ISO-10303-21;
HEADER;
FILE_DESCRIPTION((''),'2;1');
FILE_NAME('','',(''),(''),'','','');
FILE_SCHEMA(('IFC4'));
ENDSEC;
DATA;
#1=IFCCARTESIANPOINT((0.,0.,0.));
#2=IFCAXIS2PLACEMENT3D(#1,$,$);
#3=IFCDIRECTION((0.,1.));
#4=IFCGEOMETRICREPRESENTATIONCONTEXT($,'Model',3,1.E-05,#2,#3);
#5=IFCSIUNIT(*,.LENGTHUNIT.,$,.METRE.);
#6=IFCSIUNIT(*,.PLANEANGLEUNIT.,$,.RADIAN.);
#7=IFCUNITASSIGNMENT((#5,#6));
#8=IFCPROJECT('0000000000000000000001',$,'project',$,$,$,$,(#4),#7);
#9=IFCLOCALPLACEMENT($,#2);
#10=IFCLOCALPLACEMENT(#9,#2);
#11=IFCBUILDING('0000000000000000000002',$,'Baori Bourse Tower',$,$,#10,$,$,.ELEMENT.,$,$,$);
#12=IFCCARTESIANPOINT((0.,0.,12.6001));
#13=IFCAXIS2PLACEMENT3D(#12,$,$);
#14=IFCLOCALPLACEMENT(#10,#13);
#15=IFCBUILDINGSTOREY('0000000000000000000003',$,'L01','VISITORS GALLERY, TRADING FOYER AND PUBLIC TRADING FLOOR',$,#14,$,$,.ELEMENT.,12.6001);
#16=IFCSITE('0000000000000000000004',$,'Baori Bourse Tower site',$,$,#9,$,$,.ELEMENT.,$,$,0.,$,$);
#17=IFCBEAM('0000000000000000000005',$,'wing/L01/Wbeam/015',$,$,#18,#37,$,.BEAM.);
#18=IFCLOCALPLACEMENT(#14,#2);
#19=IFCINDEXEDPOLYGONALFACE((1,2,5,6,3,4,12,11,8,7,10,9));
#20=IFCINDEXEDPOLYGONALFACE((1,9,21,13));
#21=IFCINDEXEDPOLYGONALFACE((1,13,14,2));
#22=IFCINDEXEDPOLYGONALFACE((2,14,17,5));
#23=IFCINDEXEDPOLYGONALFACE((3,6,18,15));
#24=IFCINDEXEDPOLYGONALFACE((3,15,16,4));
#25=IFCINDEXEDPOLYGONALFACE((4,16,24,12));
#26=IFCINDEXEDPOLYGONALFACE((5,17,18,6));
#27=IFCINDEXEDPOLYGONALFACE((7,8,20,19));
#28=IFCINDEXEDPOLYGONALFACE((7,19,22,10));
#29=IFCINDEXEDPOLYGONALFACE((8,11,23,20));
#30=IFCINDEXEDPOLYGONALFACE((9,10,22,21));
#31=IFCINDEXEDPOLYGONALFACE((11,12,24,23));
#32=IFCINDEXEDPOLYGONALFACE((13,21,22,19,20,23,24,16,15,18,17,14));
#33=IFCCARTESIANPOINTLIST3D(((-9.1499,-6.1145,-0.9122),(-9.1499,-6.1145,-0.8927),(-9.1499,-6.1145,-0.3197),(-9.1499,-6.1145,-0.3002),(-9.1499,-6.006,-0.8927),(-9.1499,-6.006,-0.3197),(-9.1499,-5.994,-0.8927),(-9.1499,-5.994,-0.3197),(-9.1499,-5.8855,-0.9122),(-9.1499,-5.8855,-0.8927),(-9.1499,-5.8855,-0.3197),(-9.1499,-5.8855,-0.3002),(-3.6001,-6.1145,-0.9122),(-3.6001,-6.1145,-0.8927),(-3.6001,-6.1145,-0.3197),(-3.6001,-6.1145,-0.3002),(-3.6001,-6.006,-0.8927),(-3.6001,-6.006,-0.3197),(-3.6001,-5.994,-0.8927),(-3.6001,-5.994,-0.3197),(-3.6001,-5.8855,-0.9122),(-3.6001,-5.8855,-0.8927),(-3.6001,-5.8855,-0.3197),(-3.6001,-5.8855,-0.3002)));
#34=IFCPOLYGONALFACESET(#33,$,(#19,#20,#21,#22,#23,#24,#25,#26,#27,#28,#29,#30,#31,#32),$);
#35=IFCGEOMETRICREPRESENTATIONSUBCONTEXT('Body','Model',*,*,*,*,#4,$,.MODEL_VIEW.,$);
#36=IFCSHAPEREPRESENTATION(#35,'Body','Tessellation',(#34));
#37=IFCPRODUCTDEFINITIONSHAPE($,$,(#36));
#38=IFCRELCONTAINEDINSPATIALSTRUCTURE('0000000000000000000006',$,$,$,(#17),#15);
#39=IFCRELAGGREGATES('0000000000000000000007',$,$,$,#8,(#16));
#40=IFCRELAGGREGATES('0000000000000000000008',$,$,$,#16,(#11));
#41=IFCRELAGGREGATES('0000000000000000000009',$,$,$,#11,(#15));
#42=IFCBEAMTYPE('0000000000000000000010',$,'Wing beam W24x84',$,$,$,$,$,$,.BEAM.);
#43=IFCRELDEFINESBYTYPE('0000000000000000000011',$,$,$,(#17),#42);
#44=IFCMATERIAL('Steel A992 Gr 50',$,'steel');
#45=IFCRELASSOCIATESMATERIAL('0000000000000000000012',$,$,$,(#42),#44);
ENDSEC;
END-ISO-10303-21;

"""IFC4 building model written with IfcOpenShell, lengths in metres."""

from ifc_helpers import new_model, si_unit, direction, frame, origin, origin_2d, place, context, subcontext, project, spatial, i_section, extrude, material, material_profile, profile_set, type_object, element, save


model = new_model("IFC4")

# Units and contexts
model_context = context("Model", 3, precision=1e-05, world=origin(), true_north=direction((0.0, 1.0)))
body_context = subcontext(model_context, "Body", "Model", "MODEL_VIEW")
ifc_project = project(units=[si_unit("LENGTHUNIT", "METRE"), si_unit("PLANEANGLEUNIT", "RADIAN")], contexts=[model_context])

# Site, building, storey
site_placement = place(None, origin())
site = spatial("IfcSite", under=ifc_project, at=site_placement, Name="Baori Bourse Tower site", CompositionType="ELEMENT", RefElevation=0.0)
building_placement = place(site_placement, origin())
building = spatial("IfcBuilding", under=site, at=building_placement, Name="Baori Bourse Tower", CompositionType="ELEMENT")
storey_placement = place(building_placement, frame((0.0, 0.0, 12.6001)))
storey = spatial("IfcBuildingStorey", under=building, at=storey_placement, Name="L01", Description="VISITORS GALLERY, TRADING FOYER AND PUBLIC TRADING FLOOR", CompositionType="ELEMENT", Elevation=12.6001)

# Beam
ifc_material_1 = material(Name="Steel A992 Gr 50", Category="steel")
ifc_material_profile_1 = material_profile(ifc_material_1, i_section(OverallWidth=0.229, OverallDepth=0.6121, WebThickness=0.012, FlangeThickness=0.0195, at=origin_2d()), Name="W24x84")
ifc_profile_set_1 = profile_set([ifc_material_profile_1], Name="Steel A992 Gr 50")
beam_type_1 = type_object("IfcBeamType", Name="Wing beam W24x84", PredefinedType="BEAM", material=ifc_profile_set_1)
for number, where, z_axis, x_axis, name in (
    (1, (-9.1499, -6.0, -0.6062), (1.0, 0.0, 0.0), (0.0, 1.0, 0.0), "wing/L01/Wbeam/015"),
):
    element("IfcBeam", number, at=place(storey_placement, frame(where, z_axis=z_axis, x_axis=x_axis)), inside=storey, type_object=beam_type_1, Name=name, PredefinedType="BEAM", context=body_context, shape_type="SweptSolid", body=[
        extrude(i_section(OverallWidth=0.229, OverallDepth=0.6121, WebThickness=0.012, FlangeThickness=0.0195, at=origin_2d()), origin(), (0.0, 0.0, 1.0), 5.5498),
    ])

save(model, "model.ifc")
